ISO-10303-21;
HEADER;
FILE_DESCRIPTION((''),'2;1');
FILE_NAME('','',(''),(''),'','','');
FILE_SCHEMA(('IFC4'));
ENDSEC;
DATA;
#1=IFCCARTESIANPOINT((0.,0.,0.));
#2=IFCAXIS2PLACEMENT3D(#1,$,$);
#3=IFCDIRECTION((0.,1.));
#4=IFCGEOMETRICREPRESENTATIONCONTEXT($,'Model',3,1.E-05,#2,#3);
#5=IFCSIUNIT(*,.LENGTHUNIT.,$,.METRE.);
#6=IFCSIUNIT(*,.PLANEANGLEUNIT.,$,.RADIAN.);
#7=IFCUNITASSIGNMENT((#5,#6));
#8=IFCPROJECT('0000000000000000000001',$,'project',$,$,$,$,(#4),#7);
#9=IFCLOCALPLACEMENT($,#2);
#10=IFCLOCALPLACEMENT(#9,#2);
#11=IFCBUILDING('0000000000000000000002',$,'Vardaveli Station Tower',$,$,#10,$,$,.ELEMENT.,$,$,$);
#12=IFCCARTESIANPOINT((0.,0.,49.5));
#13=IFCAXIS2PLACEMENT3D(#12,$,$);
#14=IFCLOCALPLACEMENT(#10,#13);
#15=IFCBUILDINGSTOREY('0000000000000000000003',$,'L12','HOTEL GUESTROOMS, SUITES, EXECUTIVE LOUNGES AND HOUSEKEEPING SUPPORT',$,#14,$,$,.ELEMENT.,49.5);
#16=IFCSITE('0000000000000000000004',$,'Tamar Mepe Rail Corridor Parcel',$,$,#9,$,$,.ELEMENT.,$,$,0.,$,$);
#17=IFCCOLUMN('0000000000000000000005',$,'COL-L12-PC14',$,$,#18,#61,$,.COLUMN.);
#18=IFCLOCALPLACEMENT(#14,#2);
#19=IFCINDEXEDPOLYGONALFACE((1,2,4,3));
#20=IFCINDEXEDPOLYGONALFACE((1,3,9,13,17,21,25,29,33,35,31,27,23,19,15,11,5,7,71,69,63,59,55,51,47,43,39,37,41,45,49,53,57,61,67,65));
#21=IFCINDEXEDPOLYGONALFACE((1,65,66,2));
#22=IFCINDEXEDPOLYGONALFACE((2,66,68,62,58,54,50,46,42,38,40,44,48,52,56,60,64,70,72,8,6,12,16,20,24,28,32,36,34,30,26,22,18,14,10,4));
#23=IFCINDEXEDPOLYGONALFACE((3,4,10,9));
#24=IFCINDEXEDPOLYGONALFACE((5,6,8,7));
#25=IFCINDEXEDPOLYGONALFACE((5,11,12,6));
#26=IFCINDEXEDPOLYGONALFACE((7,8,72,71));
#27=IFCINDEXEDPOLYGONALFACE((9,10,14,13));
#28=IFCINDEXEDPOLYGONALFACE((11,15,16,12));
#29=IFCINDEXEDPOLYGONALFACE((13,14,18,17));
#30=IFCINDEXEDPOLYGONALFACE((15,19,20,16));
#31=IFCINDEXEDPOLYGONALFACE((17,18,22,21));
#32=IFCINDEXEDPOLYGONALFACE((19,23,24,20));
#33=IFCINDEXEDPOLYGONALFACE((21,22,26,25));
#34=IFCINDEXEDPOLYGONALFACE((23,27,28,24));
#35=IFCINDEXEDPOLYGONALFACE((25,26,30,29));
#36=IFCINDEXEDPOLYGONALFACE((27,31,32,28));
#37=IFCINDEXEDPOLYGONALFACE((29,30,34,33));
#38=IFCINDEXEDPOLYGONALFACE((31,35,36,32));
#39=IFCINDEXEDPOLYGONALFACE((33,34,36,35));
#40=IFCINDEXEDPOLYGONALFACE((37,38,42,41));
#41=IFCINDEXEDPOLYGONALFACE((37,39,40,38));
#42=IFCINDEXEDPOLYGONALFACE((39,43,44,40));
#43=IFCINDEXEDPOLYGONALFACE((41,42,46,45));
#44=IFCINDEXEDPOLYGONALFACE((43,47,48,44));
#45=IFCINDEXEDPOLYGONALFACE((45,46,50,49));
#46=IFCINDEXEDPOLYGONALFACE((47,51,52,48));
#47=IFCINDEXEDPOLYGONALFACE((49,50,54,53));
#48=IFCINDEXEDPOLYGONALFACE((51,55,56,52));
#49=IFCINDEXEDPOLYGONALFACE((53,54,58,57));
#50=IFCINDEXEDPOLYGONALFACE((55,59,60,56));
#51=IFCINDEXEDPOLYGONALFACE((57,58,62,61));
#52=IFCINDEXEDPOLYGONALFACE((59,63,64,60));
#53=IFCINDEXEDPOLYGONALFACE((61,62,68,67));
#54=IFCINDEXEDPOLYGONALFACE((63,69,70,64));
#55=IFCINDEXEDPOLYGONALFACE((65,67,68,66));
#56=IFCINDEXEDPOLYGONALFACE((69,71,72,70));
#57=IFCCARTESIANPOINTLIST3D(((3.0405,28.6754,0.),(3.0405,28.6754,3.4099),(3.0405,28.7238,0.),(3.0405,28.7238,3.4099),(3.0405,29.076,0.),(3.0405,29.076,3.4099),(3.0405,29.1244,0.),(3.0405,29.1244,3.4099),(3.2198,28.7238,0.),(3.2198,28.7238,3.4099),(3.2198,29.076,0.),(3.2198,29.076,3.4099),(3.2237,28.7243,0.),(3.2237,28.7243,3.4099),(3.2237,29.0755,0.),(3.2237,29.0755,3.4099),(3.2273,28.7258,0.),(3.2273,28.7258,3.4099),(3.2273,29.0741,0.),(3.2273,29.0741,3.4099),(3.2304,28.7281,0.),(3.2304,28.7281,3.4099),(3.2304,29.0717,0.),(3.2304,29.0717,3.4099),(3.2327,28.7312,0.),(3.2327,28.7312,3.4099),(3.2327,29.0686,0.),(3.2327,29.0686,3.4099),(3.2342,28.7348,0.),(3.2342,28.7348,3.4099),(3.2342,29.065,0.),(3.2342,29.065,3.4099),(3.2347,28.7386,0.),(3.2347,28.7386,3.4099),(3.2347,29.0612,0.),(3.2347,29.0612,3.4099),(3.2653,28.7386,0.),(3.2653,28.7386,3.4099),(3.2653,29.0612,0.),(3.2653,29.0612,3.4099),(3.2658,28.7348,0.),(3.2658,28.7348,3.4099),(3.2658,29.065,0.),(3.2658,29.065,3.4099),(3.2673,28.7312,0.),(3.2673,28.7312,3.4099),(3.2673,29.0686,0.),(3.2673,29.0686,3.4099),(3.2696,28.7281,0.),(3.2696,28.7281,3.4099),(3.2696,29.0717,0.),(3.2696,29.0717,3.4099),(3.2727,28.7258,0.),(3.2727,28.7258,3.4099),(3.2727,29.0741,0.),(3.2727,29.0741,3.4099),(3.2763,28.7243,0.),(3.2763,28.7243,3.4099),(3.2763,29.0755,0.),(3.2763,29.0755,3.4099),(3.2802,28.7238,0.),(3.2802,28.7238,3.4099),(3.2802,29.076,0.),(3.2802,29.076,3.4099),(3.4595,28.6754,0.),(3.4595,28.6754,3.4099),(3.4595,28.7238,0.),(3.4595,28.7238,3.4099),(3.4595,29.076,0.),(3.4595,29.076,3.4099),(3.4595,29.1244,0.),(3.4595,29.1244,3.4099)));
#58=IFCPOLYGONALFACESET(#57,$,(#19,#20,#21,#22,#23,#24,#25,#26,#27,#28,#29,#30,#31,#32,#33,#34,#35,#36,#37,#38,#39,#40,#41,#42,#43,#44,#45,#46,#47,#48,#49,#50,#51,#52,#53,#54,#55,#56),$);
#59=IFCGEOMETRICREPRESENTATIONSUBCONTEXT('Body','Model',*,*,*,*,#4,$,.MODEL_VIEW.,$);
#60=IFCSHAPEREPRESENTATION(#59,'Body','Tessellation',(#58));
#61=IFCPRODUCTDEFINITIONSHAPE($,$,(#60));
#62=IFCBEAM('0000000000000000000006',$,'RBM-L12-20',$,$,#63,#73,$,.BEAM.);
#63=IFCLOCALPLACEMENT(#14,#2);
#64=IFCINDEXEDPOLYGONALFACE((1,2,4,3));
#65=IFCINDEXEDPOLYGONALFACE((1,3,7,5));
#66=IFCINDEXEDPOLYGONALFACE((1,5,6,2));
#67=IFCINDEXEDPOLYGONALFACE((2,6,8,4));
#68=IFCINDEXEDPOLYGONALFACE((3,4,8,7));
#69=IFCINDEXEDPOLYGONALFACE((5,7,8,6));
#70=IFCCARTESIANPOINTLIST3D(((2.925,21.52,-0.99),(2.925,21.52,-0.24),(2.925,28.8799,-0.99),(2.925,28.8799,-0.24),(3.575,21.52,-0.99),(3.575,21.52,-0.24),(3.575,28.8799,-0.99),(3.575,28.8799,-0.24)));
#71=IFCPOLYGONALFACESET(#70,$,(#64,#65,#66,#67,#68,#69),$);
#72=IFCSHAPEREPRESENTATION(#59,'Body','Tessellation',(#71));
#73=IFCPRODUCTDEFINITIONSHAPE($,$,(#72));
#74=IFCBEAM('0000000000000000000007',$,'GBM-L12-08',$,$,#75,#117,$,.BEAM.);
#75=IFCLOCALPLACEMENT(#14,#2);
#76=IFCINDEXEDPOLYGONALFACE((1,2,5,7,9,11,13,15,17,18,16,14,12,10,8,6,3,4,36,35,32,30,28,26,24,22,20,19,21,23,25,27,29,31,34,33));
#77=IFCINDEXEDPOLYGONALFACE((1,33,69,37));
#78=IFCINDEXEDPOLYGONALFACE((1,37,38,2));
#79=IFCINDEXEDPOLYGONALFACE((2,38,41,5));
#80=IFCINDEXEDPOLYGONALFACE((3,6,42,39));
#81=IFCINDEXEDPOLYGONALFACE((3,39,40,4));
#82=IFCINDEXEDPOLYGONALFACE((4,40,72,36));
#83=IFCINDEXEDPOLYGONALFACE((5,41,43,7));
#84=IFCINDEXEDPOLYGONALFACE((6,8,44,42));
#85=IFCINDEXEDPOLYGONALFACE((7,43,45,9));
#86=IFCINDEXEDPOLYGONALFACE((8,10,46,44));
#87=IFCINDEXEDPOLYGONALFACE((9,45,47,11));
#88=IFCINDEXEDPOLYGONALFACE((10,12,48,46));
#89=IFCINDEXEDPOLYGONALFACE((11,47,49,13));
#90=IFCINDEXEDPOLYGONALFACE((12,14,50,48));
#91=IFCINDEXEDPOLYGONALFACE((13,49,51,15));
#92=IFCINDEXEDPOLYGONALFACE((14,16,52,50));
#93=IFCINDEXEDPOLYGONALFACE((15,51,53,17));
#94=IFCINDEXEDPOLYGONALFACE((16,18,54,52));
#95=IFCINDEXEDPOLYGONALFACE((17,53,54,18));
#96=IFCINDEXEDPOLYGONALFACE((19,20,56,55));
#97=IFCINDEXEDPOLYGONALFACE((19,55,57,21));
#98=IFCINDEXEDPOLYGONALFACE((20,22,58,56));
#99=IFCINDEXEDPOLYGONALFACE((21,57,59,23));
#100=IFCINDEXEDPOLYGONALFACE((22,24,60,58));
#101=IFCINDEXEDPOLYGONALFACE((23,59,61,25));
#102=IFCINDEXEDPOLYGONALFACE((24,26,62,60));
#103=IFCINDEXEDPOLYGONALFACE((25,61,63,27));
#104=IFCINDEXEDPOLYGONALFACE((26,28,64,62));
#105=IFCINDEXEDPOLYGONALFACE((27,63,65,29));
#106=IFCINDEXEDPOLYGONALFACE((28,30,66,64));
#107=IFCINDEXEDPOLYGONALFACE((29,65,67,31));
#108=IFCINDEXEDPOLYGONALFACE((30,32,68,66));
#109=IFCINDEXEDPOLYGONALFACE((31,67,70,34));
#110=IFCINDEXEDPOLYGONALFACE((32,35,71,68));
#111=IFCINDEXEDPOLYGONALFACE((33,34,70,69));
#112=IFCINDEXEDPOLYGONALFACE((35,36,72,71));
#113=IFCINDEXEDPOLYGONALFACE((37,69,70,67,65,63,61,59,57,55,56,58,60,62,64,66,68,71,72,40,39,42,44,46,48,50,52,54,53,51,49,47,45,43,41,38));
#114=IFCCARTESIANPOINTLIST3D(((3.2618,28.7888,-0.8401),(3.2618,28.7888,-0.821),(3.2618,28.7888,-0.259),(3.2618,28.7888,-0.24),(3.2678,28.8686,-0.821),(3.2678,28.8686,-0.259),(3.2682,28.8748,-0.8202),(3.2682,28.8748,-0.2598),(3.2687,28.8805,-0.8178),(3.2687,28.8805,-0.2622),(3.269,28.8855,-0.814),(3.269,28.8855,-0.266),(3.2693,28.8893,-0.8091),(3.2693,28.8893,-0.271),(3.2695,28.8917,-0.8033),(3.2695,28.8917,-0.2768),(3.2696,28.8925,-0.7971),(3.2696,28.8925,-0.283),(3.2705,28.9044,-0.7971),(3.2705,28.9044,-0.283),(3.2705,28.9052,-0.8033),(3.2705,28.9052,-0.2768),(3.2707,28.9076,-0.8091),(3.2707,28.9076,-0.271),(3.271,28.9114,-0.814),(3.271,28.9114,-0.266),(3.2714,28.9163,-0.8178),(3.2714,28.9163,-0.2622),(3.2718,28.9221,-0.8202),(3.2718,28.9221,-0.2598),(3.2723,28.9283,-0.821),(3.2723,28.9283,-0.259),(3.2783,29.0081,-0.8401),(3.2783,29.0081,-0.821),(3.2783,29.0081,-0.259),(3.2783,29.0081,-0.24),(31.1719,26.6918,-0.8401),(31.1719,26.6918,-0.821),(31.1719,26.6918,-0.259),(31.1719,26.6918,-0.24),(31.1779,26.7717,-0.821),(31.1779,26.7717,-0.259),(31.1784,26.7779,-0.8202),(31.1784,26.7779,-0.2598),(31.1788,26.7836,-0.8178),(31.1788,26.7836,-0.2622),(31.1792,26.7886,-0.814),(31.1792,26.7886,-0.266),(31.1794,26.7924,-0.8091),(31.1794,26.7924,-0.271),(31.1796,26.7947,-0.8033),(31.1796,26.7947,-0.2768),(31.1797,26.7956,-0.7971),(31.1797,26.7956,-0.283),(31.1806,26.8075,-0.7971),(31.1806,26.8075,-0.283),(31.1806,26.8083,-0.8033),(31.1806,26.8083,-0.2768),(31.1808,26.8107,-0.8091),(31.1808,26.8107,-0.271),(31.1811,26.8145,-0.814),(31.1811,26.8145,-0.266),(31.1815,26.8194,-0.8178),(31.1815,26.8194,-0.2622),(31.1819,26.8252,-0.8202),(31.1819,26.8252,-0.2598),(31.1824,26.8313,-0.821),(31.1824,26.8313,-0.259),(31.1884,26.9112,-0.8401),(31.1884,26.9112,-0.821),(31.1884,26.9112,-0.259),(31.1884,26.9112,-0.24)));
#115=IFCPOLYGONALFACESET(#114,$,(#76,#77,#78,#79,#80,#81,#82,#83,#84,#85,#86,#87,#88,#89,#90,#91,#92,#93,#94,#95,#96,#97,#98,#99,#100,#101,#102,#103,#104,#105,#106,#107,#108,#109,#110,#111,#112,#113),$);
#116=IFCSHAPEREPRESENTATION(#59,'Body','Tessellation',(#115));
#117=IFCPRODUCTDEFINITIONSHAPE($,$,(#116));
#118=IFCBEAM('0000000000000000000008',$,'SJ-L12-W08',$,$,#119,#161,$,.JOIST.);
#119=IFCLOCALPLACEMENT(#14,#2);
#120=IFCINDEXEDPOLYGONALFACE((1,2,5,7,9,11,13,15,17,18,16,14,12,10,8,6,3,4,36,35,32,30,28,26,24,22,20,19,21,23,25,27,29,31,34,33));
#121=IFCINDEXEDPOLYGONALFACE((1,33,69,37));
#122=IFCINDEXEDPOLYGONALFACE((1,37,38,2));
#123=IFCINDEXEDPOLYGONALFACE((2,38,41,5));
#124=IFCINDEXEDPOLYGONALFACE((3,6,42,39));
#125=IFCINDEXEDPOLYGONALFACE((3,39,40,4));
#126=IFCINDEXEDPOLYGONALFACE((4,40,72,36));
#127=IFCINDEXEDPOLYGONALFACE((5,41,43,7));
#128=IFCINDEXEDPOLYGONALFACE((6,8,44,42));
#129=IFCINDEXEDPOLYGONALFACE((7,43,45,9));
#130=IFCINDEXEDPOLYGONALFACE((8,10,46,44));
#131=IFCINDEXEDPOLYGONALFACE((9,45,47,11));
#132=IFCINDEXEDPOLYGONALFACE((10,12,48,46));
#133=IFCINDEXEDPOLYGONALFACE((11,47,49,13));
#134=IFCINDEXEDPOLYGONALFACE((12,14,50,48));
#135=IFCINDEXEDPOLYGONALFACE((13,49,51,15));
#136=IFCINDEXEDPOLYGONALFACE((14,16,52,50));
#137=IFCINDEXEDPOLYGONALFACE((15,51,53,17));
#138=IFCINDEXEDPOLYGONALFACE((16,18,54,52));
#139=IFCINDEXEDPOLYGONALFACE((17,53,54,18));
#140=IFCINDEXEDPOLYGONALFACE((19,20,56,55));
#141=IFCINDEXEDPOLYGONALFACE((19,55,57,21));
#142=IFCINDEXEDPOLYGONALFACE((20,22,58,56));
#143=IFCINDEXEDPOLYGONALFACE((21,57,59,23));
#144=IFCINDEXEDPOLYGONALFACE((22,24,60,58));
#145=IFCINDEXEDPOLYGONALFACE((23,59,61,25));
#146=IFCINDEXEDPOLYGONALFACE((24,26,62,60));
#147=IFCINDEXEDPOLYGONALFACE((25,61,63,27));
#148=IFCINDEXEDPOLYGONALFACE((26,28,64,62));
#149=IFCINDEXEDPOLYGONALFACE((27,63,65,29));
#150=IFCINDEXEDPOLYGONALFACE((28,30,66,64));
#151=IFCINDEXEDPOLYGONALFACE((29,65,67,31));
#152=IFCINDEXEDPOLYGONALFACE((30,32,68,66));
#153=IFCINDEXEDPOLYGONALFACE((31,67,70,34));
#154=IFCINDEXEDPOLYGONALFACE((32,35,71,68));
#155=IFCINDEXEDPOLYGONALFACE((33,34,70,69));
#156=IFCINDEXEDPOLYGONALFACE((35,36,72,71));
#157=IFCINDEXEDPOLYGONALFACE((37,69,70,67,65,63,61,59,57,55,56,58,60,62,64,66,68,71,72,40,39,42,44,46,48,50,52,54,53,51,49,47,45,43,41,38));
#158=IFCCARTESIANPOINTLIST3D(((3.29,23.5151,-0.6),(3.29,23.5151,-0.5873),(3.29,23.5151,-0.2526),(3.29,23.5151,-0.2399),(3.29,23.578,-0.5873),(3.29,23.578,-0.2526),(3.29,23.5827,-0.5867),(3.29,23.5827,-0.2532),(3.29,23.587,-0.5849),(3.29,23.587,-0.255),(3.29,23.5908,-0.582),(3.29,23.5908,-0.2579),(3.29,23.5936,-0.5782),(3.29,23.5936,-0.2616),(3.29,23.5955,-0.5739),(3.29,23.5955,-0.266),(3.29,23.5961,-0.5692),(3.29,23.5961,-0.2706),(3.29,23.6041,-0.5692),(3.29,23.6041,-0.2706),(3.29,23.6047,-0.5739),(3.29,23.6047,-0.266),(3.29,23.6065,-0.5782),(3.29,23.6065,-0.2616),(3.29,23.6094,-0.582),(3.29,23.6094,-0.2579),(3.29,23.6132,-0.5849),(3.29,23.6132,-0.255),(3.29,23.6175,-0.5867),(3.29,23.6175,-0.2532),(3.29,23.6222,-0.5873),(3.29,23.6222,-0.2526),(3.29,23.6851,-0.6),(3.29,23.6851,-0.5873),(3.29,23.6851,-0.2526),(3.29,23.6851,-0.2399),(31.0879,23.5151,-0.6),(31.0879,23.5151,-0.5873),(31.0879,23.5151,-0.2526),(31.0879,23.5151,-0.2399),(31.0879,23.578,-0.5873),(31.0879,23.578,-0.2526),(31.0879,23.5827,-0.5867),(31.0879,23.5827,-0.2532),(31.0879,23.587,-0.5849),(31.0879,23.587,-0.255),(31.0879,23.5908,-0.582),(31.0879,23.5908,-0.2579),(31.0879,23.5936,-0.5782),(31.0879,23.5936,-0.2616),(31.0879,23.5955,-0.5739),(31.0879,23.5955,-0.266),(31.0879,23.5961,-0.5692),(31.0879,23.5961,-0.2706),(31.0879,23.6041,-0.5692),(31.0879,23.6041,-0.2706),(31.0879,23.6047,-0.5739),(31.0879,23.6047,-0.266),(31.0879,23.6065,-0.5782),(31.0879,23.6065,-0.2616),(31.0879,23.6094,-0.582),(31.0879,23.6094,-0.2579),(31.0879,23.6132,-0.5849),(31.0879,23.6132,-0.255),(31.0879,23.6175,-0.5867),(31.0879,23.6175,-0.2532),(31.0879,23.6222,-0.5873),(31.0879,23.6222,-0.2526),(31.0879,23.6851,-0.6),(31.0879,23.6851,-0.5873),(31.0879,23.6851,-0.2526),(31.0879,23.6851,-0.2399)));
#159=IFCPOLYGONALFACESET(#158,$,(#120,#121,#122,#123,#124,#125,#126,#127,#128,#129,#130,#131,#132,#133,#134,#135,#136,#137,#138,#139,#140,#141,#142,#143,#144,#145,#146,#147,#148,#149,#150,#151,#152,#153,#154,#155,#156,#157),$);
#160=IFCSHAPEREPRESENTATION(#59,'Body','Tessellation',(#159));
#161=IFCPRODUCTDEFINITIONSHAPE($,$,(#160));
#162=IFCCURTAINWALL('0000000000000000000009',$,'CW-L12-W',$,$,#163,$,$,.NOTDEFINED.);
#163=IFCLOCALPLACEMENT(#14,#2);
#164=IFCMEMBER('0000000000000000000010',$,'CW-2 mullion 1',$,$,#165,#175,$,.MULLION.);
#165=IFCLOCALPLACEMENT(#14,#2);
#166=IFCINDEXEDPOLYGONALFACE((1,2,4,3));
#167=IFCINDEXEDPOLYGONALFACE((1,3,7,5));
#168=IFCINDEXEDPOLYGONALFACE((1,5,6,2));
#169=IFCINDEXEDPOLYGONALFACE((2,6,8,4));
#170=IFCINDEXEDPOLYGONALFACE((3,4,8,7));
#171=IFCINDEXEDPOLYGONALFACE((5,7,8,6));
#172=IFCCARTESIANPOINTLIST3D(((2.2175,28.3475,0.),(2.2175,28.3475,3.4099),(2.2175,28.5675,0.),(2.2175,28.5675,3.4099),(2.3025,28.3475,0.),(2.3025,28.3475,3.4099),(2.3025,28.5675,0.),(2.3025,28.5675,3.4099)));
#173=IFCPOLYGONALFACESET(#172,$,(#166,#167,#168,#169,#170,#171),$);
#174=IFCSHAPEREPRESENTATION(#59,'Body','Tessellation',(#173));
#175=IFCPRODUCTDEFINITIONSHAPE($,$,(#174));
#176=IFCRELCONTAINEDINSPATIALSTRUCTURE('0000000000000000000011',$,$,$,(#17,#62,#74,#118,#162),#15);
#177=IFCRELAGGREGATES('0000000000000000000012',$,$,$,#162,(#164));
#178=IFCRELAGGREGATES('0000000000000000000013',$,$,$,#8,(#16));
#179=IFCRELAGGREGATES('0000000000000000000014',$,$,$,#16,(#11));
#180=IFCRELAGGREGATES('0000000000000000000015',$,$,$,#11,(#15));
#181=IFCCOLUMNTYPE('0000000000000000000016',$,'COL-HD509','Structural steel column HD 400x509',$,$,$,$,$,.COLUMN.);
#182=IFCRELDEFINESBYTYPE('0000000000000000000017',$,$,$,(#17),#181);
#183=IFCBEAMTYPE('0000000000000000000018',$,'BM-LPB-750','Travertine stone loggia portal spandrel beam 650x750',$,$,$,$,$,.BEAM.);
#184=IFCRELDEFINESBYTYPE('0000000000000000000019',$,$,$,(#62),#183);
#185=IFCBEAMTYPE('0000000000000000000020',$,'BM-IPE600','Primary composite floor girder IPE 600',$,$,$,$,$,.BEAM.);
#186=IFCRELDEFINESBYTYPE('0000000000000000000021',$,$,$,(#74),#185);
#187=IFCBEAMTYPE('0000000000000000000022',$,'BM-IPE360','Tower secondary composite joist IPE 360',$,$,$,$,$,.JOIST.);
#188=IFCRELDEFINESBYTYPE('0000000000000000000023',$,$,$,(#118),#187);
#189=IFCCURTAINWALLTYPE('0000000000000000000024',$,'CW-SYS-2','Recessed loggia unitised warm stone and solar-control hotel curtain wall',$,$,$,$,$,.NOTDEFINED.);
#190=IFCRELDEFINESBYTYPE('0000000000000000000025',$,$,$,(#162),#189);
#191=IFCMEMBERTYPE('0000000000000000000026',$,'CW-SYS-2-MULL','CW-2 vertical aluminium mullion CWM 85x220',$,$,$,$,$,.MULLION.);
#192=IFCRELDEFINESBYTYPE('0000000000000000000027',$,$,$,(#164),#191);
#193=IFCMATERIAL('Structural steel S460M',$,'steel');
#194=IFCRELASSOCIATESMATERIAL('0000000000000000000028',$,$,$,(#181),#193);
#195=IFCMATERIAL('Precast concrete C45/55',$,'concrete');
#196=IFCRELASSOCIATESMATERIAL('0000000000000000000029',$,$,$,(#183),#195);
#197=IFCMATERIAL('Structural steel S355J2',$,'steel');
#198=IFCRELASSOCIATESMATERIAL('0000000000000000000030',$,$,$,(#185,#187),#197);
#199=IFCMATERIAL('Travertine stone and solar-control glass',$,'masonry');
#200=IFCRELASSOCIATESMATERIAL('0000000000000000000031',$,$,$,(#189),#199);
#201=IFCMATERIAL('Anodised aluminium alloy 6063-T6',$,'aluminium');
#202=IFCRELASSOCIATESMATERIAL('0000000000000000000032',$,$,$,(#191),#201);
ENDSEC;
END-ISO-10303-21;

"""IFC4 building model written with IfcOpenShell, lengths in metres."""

from ifc_helpers import new_model, si_unit, direction, frame, origin, origin_2d, place, context, subcontext, project, spatial, rectangle, i_section, extrude, source, transform, mapped, material, material_profile, profile_set, type_object, element, aggregate, save


model = new_model("IFC4")

# Units and contexts
model_context = context("Model", 3, precision=1e-05, world=origin(), true_north=direction((0.0, 1.0)))
body_context = subcontext(model_context, "Body", "Model", "MODEL_VIEW")
ifc_project = project(units=[si_unit("LENGTHUNIT", "METRE"), si_unit("PLANEANGLEUNIT", "RADIAN")], contexts=[model_context])

# Site, building, storey
site_placement = place(None, origin())
site = spatial("IfcSite", under=ifc_project, at=site_placement, Name="Tamar Mepe Rail Corridor Parcel", CompositionType="ELEMENT", RefElevation=0.0)
building_placement = place(site_placement, origin())
building = spatial("IfcBuilding", under=site, at=building_placement, Name="Vardaveli Station Tower", CompositionType="ELEMENT")
storey_placement = place(building_placement, frame((0.0, 0.0, 49.5)))
storey = spatial("IfcBuildingStorey", under=building, at=storey_placement, Name="L12", Description="HOTEL GUESTROOMS, SUITES, EXECUTIVE LOUNGES AND HOUSEKEEPING SUPPORT", CompositionType="ELEMENT", Elevation=49.5)

# Column
ifc_material_1 = material(Name="Structural steel S460M", Category="steel")
ifc_material_profile_1 = material_profile(ifc_material_1, i_section(OverallWidth=0.4189, OverallDepth=0.449, WebThickness=0.0305, FlangeThickness=0.0483, FilletRadius=0.0149, at=origin_2d()), Name="HD 400x509")
ifc_profile_set_1 = profile_set([ifc_material_profile_1], Name="Structural steel S460M")
column_type = type_object("IfcColumnType", Name="COL-HD509", Description="Structural steel column HD 400x509", PredefinedType="COLUMN", material=ifc_profile_set_1)
shared_shape_1 = source(origin(), body_context, "Body", "SweptSolid", [
    extrude(i_section(OverallWidth=0.4189, OverallDepth=0.449, WebThickness=0.0305, FlangeThickness=0.0483, FilletRadius=0.0149, at=origin_2d()), origin(), (0.0, 0.0, 1.0), 3.4099),
])
column_placement = place(storey_placement, frame((3.25, 28.8999, 0.0), z_axis=(0.0, 0.0, 1.0), x_axis=(1.0, 0.0, 0.0)))
element("IfcColumn", 1, at=column_placement, inside=storey, type_object=column_type, Name="COL-L12-PC14", PredefinedType="COLUMN", context=body_context, shape_type="MappedRepresentation", body=[
    mapped(shared_shape_1, transform((0.0, 0.0, 0.0), scale=1.0)),
])

# Beams
ifc_material_2 = material(Name="Precast concrete C45/55", Category="concrete")
ifc_material_profile_2 = material_profile(ifc_material_2, rectangle(XDim=0.6499, YDim=0.75, at=origin_2d()), Name="LPB 650x750")
ifc_profile_set_2 = profile_set([ifc_material_profile_2], Name="Precast concrete C45/55")
beam_type_1 = type_object("IfcBeamType", Name="BM-LPB-750", Description="Travertine stone loggia portal spandrel beam 650x750", PredefinedType="BEAM", material=ifc_profile_set_2)
shared_shape_2 = source(origin(), body_context, "Body", "SweptSolid", [
    extrude(rectangle(XDim=0.6499, YDim=0.75, at=origin_2d()), origin(), (0.0, 0.0, 1.0), 7.3599),
])
beam_1_placement = place(storey_placement, frame((3.25, 28.8799, -0.615), z_axis=(0.0, -1.0, 0.0), x_axis=(1.0, 0.0, 0.0)))
element("IfcBeam", 2, at=beam_1_placement, inside=storey, type_object=beam_type_1, Name="RBM-L12-20", PredefinedType="BEAM", context=body_context, shape_type="MappedRepresentation", body=[
    mapped(shared_shape_2, transform((0.0, 0.0, 0.0), scale=1.0)),
])
ifc_material_3 = material(Name="Structural steel S355J2", Category="steel")
ifc_material_profile_3 = material_profile(ifc_material_3, i_section(OverallWidth=0.22, OverallDepth=0.6001, WebThickness=0.012, FlangeThickness=0.019, FilletRadius=0.0239, at=origin_2d()), Name="IPE 600")
ifc_profile_set_3 = profile_set([ifc_material_profile_3], Name="Structural steel S355J2")
beam_type_2 = type_object("IfcBeamType", Name="BM-IPE600", Description="Primary composite floor girder IPE 600", PredefinedType="BEAM", material=ifc_profile_set_3)
shared_shape_3 = source(origin(), body_context, "Body", "SweptSolid", [
    extrude(i_section(OverallWidth=0.22, OverallDepth=0.6001, WebThickness=0.012, FlangeThickness=0.019, FilletRadius=0.0239, at=origin_2d()), origin(), (0.0, 0.0, 1.0), 27.9888),
])
beam_2_placement = place(storey_placement, frame((3.27, 28.8984, -0.54), z_axis=(0.99719, -0.07492, 0.0), x_axis=(0.07492, 0.99719, 0.0)))
element("IfcBeam", 3, at=beam_2_placement, inside=storey, type_object=beam_type_2, Name="GBM-L12-08", PredefinedType="BEAM", context=body_context, shape_type="MappedRepresentation", body=[
    mapped(shared_shape_3, transform((0.0, 0.0, 0.0), scale=1.0)),
])
ifc_material_profile_4 = material_profile(ifc_material_3, i_section(OverallWidth=0.1699, OverallDepth=0.3601, WebThickness=0.0081, FlangeThickness=0.0127, FilletRadius=0.0181, at=origin_2d()), Name="IPE 360")
ifc_profile_set_4 = profile_set([ifc_material_profile_4], Name="Structural steel S355J2")
beam_type_3 = type_object("IfcBeamType", Name="BM-IPE360", Description="Tower secondary composite joist IPE 360", PredefinedType="JOIST", material=ifc_profile_set_4)
shared_shape_4 = source(origin(), body_context, "Body", "SweptSolid", [
    extrude(i_section(OverallWidth=0.1699, OverallDepth=0.3601, WebThickness=0.0081, FlangeThickness=0.0127, FilletRadius=0.0181, at=origin_2d()), origin(), (0.0, 0.0, 1.0), 27.7979),
])
beam_3_placement = place(storey_placement, frame((3.29, 23.6001, -0.4199), z_axis=(1.0, 0.0, 0.0), x_axis=(0.0, 1.0, 0.0)))
element("IfcBeam", 4, at=beam_3_placement, inside=storey, type_object=beam_type_3, Name="SJ-L12-W08", PredefinedType="JOIST", context=body_context, shape_type="MappedRepresentation", body=[
    mapped(shared_shape_4, transform((0.0, 0.0, 0.0), scale=1.0)),
])

# Curtain wall, member
ifc_material_4 = material(Name="Travertine stone and solar-control glass", Category="masonry")
curtain_wall_type = type_object("IfcCurtainWallType", Name="CW-SYS-2", Description="Recessed loggia unitised warm stone and solar-control hotel curtain wall", PredefinedType="NOTDEFINED", material=ifc_material_4)
curtain_wall_placement = place(storey_placement, origin())
curtain_wall = element("IfcCurtainWall", 5, at=curtain_wall_placement, inside=storey, type_object=curtain_wall_type, Name="CW-L12-W", PredefinedType="NOTDEFINED")
ifc_material_5 = material(Name="Anodised aluminium alloy 6063-T6", Category="aluminium")
ifc_material_profile_5 = material_profile(ifc_material_5, rectangle(XDim=0.085, YDim=0.22, at=origin_2d()), Name="CWM 85x220")
ifc_profile_set_5 = profile_set([ifc_material_profile_5], Name="Anodised aluminium alloy 6063-T6")
member_type_1 = type_object("IfcMemberType", Name="CW-SYS-2-MULL", Description="CW-2 vertical aluminium mullion CWM 85x220", PredefinedType="MULLION", material=ifc_profile_set_5)
shared_shape_5 = source(origin(), body_context, "Body", "SweptSolid", [
    extrude(rectangle(XDim=0.085, YDim=0.22, at=origin_2d()), origin(), (0.0, 0.0, 1.0), 3.4099),
])
member_1_placement = place(storey_placement, frame((2.26, 28.4575, 0.0), z_axis=(0.0, 0.0, 1.0), x_axis=(1.0, 0.0, 0.0)))
member_1 = element("IfcMember", 6, at=member_1_placement, type_object=member_type_1, Name="CW-2 mullion 1", PredefinedType="MULLION", context=body_context, shape_type="MappedRepresentation", body=[
    mapped(shared_shape_5, transform((0.0, 0.0, 0.0), scale=1.0)),
])
aggregate(curtain_wall, [member_1])

save(model, "model.ifc")
